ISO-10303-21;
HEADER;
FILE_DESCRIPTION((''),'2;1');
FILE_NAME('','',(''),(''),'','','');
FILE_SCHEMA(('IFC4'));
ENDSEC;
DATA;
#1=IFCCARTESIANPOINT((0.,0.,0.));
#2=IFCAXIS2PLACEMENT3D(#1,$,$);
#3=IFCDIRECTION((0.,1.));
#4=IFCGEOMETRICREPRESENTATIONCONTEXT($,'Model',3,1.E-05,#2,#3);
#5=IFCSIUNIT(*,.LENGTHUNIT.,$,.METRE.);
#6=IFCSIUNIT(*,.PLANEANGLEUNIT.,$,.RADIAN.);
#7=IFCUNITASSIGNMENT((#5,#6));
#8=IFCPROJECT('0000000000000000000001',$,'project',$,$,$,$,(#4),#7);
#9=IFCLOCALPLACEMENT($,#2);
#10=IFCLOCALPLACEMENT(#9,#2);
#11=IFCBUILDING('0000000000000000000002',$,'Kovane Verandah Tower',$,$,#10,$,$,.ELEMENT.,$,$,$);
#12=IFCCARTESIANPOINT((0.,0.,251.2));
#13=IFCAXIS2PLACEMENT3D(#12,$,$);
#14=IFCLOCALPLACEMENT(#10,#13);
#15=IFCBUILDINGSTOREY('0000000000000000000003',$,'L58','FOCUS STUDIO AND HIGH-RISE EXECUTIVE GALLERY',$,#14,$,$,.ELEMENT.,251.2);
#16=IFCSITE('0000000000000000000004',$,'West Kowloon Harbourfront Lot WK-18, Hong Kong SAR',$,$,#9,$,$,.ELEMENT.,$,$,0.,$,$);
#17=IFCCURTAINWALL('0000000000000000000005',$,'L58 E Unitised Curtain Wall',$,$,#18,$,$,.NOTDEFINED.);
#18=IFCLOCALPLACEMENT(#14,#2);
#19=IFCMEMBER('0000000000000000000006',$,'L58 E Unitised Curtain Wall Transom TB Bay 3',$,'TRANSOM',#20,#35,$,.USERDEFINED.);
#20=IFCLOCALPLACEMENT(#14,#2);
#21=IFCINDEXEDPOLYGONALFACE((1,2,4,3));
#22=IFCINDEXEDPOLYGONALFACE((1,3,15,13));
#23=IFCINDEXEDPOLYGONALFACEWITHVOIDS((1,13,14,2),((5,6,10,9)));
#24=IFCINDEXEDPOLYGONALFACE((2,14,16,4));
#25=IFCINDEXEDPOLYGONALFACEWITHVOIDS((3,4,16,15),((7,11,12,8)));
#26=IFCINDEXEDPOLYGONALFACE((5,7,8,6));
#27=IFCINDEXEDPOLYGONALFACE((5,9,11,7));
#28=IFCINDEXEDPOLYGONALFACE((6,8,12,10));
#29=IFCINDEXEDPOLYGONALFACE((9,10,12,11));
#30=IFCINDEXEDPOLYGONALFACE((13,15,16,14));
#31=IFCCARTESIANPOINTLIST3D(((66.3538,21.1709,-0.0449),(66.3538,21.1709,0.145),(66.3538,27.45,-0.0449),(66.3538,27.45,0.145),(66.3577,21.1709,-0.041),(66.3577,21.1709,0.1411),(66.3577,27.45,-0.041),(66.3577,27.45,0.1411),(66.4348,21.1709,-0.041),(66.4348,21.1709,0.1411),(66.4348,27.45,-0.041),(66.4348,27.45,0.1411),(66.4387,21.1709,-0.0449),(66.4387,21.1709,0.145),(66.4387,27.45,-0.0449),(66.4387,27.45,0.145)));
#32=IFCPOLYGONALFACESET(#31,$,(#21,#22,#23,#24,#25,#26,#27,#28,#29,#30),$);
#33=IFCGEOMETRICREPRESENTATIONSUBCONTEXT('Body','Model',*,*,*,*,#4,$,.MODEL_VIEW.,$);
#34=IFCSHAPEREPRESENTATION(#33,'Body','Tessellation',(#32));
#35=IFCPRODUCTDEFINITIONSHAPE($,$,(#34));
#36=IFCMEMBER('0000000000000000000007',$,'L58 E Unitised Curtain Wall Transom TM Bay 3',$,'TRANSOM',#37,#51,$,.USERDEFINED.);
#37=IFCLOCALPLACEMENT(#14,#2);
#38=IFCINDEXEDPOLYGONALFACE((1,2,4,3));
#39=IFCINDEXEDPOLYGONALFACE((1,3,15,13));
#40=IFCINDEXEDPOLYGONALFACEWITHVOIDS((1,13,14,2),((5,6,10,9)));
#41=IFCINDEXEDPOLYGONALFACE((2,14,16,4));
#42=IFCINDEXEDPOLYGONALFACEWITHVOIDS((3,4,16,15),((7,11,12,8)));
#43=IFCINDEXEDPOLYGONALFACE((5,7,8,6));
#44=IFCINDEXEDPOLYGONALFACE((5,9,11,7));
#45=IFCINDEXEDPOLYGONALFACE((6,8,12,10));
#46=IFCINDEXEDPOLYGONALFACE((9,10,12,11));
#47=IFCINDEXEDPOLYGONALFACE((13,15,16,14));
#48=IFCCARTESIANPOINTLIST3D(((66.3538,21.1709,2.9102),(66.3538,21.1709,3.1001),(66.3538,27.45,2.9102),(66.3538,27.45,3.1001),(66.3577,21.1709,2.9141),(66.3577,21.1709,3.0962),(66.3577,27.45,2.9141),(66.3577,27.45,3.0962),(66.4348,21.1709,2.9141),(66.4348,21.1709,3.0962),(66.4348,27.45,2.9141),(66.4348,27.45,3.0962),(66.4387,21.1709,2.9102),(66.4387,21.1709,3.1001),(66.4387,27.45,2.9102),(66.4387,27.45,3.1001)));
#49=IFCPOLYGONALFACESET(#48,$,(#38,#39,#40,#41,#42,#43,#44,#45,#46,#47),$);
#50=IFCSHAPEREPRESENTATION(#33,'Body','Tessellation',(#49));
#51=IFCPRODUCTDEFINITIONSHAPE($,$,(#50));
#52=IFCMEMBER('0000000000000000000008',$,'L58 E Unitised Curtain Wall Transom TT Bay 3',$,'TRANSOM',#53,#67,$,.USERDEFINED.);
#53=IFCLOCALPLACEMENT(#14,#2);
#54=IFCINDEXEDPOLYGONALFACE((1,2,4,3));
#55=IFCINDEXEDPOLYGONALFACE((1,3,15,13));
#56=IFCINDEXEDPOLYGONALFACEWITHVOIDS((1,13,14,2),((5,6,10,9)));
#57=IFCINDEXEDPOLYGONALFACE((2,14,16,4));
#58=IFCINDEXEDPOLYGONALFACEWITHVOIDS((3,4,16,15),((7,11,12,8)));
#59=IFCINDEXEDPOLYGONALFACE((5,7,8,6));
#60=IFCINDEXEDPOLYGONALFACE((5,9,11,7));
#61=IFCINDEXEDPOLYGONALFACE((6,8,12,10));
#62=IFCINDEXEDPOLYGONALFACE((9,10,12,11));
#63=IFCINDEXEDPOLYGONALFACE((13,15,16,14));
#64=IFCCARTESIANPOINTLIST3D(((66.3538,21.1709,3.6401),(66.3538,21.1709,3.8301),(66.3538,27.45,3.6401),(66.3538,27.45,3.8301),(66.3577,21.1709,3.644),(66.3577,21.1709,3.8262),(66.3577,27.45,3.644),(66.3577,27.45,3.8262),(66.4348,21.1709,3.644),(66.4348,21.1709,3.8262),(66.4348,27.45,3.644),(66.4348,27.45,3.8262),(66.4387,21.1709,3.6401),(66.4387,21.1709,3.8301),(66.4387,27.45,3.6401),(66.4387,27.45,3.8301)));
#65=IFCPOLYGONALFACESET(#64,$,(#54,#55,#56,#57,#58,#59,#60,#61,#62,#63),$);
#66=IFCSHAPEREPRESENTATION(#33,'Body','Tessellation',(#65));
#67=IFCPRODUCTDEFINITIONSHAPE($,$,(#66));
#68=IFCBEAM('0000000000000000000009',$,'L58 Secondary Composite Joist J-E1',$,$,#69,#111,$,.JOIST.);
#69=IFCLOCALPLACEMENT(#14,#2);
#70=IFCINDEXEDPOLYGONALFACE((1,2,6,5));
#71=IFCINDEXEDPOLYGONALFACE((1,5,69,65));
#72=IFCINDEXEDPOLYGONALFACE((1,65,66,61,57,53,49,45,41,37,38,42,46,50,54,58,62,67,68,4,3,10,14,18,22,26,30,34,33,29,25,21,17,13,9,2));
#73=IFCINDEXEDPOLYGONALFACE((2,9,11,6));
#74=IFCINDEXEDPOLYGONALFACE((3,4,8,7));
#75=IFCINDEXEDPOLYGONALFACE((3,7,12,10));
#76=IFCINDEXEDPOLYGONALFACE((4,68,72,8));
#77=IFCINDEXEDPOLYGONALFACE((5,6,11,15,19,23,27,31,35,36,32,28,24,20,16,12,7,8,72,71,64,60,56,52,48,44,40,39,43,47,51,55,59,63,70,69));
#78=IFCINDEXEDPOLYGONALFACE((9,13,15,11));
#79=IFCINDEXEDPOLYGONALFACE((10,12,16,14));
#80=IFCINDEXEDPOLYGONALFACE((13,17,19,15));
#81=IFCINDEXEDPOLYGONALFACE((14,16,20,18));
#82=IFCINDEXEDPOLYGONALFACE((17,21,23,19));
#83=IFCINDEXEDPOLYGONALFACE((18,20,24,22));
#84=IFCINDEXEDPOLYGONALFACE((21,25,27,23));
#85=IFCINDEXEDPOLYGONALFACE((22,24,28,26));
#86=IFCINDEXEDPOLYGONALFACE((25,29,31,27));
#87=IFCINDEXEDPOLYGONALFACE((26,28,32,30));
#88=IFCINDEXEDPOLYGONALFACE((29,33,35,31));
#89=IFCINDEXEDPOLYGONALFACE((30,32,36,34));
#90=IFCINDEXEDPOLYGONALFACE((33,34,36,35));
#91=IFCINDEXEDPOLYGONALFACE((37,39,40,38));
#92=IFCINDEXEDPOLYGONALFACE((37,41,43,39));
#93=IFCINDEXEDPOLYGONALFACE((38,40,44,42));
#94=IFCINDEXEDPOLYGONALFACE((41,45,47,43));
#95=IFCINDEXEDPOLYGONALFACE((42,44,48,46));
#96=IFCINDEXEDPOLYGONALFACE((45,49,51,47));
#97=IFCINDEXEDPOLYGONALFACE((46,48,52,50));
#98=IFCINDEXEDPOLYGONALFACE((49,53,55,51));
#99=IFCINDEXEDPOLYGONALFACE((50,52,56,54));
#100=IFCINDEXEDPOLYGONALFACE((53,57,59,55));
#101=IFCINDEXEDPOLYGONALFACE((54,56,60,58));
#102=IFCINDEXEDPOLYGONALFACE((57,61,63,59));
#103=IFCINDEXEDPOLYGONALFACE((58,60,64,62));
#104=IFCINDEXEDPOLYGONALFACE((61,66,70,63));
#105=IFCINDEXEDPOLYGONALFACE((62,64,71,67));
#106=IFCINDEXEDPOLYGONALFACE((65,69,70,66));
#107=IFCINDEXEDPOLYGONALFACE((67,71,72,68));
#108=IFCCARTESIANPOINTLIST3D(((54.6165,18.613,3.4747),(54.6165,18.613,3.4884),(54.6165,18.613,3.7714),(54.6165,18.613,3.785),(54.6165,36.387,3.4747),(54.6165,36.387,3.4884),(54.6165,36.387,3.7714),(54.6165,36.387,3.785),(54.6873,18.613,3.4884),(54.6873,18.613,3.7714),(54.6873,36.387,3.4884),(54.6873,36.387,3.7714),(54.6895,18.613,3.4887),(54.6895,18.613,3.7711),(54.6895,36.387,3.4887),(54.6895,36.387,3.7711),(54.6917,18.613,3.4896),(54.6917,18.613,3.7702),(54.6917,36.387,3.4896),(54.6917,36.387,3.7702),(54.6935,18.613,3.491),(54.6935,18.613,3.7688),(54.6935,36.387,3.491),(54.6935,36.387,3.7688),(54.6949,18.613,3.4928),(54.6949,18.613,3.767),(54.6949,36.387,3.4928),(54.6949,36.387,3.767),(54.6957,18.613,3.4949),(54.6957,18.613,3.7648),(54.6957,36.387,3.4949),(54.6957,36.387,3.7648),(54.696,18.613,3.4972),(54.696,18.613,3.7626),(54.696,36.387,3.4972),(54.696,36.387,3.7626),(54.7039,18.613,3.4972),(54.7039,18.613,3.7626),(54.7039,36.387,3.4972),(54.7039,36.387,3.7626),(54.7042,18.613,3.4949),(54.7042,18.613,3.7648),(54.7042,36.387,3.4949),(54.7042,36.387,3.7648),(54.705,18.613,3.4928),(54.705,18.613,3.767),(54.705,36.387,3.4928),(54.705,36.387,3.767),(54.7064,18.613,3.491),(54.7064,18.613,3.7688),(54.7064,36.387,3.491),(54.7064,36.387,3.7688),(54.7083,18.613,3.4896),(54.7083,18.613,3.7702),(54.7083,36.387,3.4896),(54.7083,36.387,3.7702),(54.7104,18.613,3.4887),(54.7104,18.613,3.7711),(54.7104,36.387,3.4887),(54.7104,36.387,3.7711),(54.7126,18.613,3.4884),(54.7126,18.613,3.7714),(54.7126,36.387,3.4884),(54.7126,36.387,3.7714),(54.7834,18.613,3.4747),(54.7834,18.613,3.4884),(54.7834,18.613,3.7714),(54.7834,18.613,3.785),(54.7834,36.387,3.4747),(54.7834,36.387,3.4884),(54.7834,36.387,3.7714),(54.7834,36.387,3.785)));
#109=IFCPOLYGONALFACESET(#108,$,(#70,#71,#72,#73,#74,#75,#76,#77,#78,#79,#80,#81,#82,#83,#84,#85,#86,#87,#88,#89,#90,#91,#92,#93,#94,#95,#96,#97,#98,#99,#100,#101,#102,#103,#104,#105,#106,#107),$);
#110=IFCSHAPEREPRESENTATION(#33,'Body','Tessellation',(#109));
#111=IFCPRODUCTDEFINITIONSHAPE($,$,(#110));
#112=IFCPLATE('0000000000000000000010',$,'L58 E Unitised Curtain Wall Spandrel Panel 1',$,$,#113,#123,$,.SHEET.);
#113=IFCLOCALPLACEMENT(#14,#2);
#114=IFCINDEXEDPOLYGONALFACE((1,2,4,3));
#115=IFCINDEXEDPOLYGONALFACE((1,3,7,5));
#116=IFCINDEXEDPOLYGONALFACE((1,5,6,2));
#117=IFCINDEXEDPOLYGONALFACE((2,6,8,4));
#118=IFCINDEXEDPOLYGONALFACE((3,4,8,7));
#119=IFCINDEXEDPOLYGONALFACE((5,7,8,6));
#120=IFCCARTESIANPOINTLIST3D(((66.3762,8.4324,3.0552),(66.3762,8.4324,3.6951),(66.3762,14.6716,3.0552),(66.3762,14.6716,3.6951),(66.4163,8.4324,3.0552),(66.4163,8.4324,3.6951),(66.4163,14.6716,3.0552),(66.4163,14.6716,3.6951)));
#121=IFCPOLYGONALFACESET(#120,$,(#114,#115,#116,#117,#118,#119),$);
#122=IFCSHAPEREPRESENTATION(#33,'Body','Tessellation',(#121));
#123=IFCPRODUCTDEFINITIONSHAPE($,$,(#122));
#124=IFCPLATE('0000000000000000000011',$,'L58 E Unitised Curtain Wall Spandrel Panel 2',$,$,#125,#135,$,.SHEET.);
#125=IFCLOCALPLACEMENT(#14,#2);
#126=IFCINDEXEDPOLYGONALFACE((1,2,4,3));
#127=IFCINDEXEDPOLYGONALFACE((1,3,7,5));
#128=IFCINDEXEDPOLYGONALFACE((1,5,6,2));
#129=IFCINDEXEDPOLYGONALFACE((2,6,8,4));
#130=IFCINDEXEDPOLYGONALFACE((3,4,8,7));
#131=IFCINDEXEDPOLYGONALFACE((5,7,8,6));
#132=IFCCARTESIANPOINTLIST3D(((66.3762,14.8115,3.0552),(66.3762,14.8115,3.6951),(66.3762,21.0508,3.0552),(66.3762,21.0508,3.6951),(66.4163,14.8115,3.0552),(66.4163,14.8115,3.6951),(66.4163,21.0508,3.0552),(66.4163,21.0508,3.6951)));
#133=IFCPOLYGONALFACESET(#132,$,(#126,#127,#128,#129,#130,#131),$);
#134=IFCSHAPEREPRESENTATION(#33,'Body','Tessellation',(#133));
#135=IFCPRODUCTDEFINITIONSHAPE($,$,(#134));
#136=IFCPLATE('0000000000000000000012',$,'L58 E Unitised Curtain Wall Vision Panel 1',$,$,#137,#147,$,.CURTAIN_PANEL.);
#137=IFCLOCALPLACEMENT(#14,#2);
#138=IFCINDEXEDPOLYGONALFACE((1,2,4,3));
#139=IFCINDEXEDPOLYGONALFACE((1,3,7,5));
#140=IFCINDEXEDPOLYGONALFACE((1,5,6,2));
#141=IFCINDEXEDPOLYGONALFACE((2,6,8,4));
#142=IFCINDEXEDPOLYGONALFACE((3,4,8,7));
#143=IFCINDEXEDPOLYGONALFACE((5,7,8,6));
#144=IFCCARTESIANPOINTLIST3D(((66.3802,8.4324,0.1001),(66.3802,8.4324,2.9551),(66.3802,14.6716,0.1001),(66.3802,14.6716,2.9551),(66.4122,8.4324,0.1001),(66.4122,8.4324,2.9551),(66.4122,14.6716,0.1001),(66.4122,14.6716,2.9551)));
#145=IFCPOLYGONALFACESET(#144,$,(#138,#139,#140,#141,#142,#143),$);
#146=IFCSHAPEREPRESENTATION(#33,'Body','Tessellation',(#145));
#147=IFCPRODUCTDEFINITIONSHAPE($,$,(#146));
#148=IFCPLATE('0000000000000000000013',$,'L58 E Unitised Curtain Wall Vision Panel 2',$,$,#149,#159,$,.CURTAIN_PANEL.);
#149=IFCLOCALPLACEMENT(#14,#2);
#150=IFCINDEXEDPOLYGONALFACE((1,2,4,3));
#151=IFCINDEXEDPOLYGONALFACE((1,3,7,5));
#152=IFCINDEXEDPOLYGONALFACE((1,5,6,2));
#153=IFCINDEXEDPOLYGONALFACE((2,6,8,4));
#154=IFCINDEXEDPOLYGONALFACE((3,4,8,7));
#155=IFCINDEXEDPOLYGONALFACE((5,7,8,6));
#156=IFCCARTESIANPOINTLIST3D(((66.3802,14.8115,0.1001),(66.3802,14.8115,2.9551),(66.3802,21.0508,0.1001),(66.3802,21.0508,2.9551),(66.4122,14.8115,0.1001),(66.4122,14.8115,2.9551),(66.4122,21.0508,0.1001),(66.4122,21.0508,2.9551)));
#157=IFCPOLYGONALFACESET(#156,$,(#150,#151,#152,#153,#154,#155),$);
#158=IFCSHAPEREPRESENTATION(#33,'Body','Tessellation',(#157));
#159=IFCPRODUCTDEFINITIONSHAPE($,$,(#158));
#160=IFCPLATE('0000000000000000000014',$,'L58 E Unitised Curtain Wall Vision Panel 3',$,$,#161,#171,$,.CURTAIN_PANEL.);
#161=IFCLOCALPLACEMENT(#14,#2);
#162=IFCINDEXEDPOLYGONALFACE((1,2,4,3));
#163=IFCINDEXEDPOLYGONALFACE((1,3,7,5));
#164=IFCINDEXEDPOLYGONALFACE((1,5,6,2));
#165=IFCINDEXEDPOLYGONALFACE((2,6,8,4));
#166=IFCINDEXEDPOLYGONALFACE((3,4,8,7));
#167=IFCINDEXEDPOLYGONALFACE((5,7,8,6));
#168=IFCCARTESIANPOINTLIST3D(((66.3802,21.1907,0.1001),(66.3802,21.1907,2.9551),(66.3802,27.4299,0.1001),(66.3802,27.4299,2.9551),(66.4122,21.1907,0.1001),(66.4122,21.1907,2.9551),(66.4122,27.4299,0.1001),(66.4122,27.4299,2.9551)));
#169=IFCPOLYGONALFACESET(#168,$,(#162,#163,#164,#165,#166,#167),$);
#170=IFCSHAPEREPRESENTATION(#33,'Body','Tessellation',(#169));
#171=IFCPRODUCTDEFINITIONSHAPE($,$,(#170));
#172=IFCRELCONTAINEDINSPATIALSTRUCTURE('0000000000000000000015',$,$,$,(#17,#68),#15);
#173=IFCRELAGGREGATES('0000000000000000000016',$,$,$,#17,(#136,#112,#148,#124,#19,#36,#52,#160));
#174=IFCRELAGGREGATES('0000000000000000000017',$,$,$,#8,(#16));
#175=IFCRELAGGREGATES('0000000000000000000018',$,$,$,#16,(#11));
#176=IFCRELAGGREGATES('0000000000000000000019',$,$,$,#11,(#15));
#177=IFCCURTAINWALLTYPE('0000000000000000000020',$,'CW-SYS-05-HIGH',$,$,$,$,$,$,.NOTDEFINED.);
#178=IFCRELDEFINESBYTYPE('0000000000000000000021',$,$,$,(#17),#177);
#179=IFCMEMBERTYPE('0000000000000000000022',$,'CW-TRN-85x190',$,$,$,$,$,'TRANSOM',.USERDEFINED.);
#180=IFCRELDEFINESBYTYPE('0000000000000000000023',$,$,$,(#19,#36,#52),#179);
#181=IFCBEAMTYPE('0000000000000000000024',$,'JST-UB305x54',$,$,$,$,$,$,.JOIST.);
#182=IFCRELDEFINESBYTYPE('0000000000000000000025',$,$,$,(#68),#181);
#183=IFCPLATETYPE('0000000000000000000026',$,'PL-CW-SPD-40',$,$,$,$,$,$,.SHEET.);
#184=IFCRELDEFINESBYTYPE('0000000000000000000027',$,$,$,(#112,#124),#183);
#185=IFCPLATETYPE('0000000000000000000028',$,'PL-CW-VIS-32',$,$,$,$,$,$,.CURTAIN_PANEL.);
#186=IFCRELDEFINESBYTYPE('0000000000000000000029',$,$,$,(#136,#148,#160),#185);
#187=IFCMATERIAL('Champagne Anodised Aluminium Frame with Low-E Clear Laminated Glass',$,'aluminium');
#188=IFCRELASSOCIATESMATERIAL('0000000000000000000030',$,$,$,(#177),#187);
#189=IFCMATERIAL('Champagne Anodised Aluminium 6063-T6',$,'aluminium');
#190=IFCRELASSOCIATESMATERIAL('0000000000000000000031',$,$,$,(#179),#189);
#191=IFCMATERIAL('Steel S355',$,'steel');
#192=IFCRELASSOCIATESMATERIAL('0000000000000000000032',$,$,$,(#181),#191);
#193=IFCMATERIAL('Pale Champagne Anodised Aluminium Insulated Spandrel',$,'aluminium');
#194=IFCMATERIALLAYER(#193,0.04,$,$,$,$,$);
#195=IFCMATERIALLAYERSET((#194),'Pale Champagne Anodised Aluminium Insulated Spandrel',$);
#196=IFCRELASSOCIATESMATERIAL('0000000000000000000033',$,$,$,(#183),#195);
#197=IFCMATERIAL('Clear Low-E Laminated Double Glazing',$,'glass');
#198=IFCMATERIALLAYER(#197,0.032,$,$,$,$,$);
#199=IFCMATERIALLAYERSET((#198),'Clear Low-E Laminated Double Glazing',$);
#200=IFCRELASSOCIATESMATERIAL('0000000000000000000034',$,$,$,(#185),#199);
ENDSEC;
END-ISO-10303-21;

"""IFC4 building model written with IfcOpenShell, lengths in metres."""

from ifc_helpers import new_model, si_unit, direction, frame, origin, origin_2d, place, context, subcontext, project, spatial, rectangle, hollow_rectangle, i_section, extrude, material, layer, layer_set, material_profile, profile_set, type_object, element, aggregate, save


model = new_model("IFC4")

# Units and contexts
model_context = context("Model", 3, precision=1e-05, world=origin(), true_north=direction((0.0, 1.0)))
body_context = subcontext(model_context, "Body", "Model", "MODEL_VIEW")
ifc_project = project(units=[si_unit("LENGTHUNIT", "METRE"), si_unit("PLANEANGLEUNIT", "RADIAN")], contexts=[model_context])

# Site, building, storey
site_placement = place(None, origin())
site = spatial("IfcSite", under=ifc_project, at=site_placement, Name="West Kowloon Harbourfront Lot WK-18, Hong Kong SAR", CompositionType="ELEMENT", RefElevation=0.0)
building_placement = place(site_placement, origin())
building = spatial("IfcBuilding", under=site, at=building_placement, Name="Kovane Verandah Tower", CompositionType="ELEMENT")
storey_placement = place(building_placement, frame((0.0, 0.0, 251.2)))
storey = spatial("IfcBuildingStorey", under=building, at=storey_placement, Name="L58", Description="FOCUS STUDIO AND HIGH-RISE EXECUTIVE GALLERY", CompositionType="ELEMENT", Elevation=251.2)

# Shared definitions
ifc_material_1 = material(Name="Steel S355", Category="steel")

# Curtain wall, members
ifc_material_2 = material(Name="Champagne Anodised Aluminium Frame with Low-E Clear Laminated Glass", Category="aluminium")
curtain_wall_type = type_object("IfcCurtainWallType", Name="CW-SYS-05-HIGH", PredefinedType="NOTDEFINED", material=ifc_material_2)
curtain_wall_placement = place(storey_placement, origin())
curtain_wall = element("IfcCurtainWall", 1, at=curtain_wall_placement, inside=storey, type_object=curtain_wall_type, Name="L58 E Unitised Curtain Wall", PredefinedType="NOTDEFINED")
ifc_material_3 = material(Name="Champagne Anodised Aluminium 6063-T6", Category="aluminium")
ifc_material_profile_1 = material_profile(ifc_material_3, hollow_rectangle(XDim=0.085, YDim=0.1899, WallThickness=0.0039, at=origin_2d()), Name="AL85x190x4")
ifc_profile_set_1 = profile_set([ifc_material_profile_1], Name="Champagne Anodised Aluminium 6063-T6")
member_type_1 = type_object("IfcMemberType", Name="CW-TRN-85x190", ElementType="TRANSOM", PredefinedType="USERDEFINED", material=ifc_profile_set_1)
member_1_placement = place(storey_placement, frame((66.3962, 21.1709, 0.05), z_axis=(0.0, 1.0, 0.0), x_axis=(-1.0, 0.0, 0.0)))
member_1 = element("IfcMember", 2, at=member_1_placement, type_object=member_type_1, Name="L58 E Unitised Curtain Wall Transom TB Bay 3", ObjectType="TRANSOM", PredefinedType="USERDEFINED", context=body_context, shape_type="SweptSolid", body=[
    extrude(hollow_rectangle(XDim=0.085, YDim=0.1899, WallThickness=0.0039, at=origin_2d()), origin(), (0.0, 0.0, 1.0), 6.2791),
])
member_2_placement = place(storey_placement, frame((66.3962, 21.1709, 3.0051), z_axis=(0.0, 1.0, 0.0), x_axis=(-1.0, 0.0, 0.0)))
member_2 = element("IfcMember", 3, at=member_2_placement, type_object=member_type_1, Name="L58 E Unitised Curtain Wall Transom TM Bay 3", ObjectType="TRANSOM", PredefinedType="USERDEFINED", context=body_context, shape_type="SweptSolid", body=[
    extrude(hollow_rectangle(XDim=0.085, YDim=0.1899, WallThickness=0.0039, at=origin_2d()), origin(), (0.0, 0.0, 1.0), 6.2791),
])
member_3_placement = place(storey_placement, frame((66.3962, 21.1709, 3.7351), z_axis=(0.0, 1.0, 0.0), x_axis=(-1.0, 0.0, 0.0)))
member_3 = element("IfcMember", 4, at=member_3_placement, type_object=member_type_1, Name="L58 E Unitised Curtain Wall Transom TT Bay 3", ObjectType="TRANSOM", PredefinedType="USERDEFINED", context=body_context, shape_type="SweptSolid", body=[
    extrude(hollow_rectangle(XDim=0.085, YDim=0.1899, WallThickness=0.0039, at=origin_2d()), origin(), (0.0, 0.0, 1.0), 6.2791),
])

# Beam
ifc_material_profile_2 = material_profile(ifc_material_1, i_section(OverallWidth=0.167, OverallDepth=0.3103, WebThickness=0.0078, FlangeThickness=0.0137, FilletRadius=0.0088, at=origin_2d()), Name="UB305x165x54")
ifc_profile_set_2 = profile_set([ifc_material_profile_2], Name="Steel S355")
beam_type_1 = type_object("IfcBeamType", Name="JST-UB305x54", PredefinedType="JOIST", material=ifc_profile_set_2)
beam_1_placement = place(storey_placement, frame((54.7, 18.613, 3.6299), z_axis=(0.0, 1.0, 0.0), x_axis=(-1.0, 0.0, 0.0)))
element("IfcBeam", 5, at=beam_1_placement, inside=storey, type_object=beam_type_1, Name="L58 Secondary Composite Joist J-E1", PredefinedType="JOIST", context=body_context, shape_type="SweptSolid", body=[
    extrude(i_section(OverallWidth=0.167, OverallDepth=0.3103, WebThickness=0.0078, FlangeThickness=0.0137, FilletRadius=0.0088, at=origin_2d()), origin(), (0.0, 0.0, 1.0), 17.7739),
])

# Plates
ifc_material_4 = material(Name="Pale Champagne Anodised Aluminium Insulated Spandrel", Category="aluminium")
ifc_layer_1 = layer(ifc_material_4, 0.04)
ifc_layer_set_1 = layer_set([ifc_layer_1], Name="Pale Champagne Anodised Aluminium Insulated Spandrel")
plate_type_1 = type_object("IfcPlateType", Name="PL-CW-SPD-40", PredefinedType="SHEET", material=ifc_layer_set_1)
plate_1_placement = place(storey_placement, frame((66.3962, 11.552, 3.0552), z_axis=(0.0, 0.0, 1.0), x_axis=(0.0, 1.0, 0.0)))
plate_1 = element("IfcPlate", 6, at=plate_1_placement, type_object=plate_type_1, Name="L58 E Unitised Curtain Wall Spandrel Panel 1", PredefinedType="SHEET", context=body_context, shape_type="SweptSolid", body=[
    extrude(rectangle(XDim=6.2393, YDim=0.04, at=origin_2d()), origin(), (0.0, 0.0, 1.0), 0.6399),
])
plate_2_placement = place(storey_placement, frame((66.3962, 17.9312, 3.0552), z_axis=(0.0, 0.0, 1.0), x_axis=(0.0, 1.0, 0.0)))
plate_2 = element("IfcPlate", 7, at=plate_2_placement, type_object=plate_type_1, Name="L58 E Unitised Curtain Wall Spandrel Panel 2", PredefinedType="SHEET", context=body_context, shape_type="SweptSolid", body=[
    extrude(rectangle(XDim=6.2393, YDim=0.04, at=origin_2d()), origin(), (0.0, 0.0, 1.0), 0.6399),
])
ifc_material_5 = material(Name="Clear Low-E Laminated Double Glazing", Category="glass")
ifc_layer_2 = layer(ifc_material_5, 0.032)
ifc_layer_set_2 = layer_set([ifc_layer_2], Name="Clear Low-E Laminated Double Glazing")
plate_type_2 = type_object("IfcPlateType", Name="PL-CW-VIS-32", PredefinedType="CURTAIN_PANEL", material=ifc_layer_set_2)
plate_3_placement = place(storey_placement, frame((66.3962, 11.552, 0.1001), z_axis=(0.0, 0.0, 1.0), x_axis=(0.0, 1.0, 0.0)))
plate_3 = element("IfcPlate", 8, at=plate_3_placement, type_object=plate_type_2, Name="L58 E Unitised Curtain Wall Vision Panel 1", PredefinedType="CURTAIN_PANEL", context=body_context, shape_type="SweptSolid", body=[
    extrude(rectangle(XDim=6.2393, YDim=0.032, at=origin_2d()), origin(), (0.0, 0.0, 1.0), 2.855),
])
plate_4_placement = place(storey_placement, frame((66.3962, 17.9312, 0.1001), z_axis=(0.0, 0.0, 1.0), x_axis=(0.0, 1.0, 0.0)))
plate_4 = element("IfcPlate", 9, at=plate_4_placement, type_object=plate_type_2, Name="L58 E Unitised Curtain Wall Vision Panel 2", PredefinedType="CURTAIN_PANEL", context=body_context, shape_type="SweptSolid", body=[
    extrude(rectangle(XDim=6.2393, YDim=0.032, at=origin_2d()), origin(), (0.0, 0.0, 1.0), 2.855),
])
plate_5_placement = place(storey_placement, frame((66.3962, 24.3103, 0.1001), z_axis=(0.0, 0.0, 1.0), x_axis=(0.0, 1.0, 0.0)))
plate_5 = element("IfcPlate", 10, at=plate_5_placement, type_object=plate_type_2, Name="L58 E Unitised Curtain Wall Vision Panel 3", PredefinedType="CURTAIN_PANEL", context=body_context, shape_type="SweptSolid", body=[
    extrude(rectangle(XDim=6.2393, YDim=0.032, at=origin_2d()), origin(), (0.0, 0.0, 1.0), 2.855),
])
aggregate(curtain_wall, [plate_3, plate_1, plate_4, plate_2, member_1, member_2, member_3, plate_5])

save(model, "model.ifc")
